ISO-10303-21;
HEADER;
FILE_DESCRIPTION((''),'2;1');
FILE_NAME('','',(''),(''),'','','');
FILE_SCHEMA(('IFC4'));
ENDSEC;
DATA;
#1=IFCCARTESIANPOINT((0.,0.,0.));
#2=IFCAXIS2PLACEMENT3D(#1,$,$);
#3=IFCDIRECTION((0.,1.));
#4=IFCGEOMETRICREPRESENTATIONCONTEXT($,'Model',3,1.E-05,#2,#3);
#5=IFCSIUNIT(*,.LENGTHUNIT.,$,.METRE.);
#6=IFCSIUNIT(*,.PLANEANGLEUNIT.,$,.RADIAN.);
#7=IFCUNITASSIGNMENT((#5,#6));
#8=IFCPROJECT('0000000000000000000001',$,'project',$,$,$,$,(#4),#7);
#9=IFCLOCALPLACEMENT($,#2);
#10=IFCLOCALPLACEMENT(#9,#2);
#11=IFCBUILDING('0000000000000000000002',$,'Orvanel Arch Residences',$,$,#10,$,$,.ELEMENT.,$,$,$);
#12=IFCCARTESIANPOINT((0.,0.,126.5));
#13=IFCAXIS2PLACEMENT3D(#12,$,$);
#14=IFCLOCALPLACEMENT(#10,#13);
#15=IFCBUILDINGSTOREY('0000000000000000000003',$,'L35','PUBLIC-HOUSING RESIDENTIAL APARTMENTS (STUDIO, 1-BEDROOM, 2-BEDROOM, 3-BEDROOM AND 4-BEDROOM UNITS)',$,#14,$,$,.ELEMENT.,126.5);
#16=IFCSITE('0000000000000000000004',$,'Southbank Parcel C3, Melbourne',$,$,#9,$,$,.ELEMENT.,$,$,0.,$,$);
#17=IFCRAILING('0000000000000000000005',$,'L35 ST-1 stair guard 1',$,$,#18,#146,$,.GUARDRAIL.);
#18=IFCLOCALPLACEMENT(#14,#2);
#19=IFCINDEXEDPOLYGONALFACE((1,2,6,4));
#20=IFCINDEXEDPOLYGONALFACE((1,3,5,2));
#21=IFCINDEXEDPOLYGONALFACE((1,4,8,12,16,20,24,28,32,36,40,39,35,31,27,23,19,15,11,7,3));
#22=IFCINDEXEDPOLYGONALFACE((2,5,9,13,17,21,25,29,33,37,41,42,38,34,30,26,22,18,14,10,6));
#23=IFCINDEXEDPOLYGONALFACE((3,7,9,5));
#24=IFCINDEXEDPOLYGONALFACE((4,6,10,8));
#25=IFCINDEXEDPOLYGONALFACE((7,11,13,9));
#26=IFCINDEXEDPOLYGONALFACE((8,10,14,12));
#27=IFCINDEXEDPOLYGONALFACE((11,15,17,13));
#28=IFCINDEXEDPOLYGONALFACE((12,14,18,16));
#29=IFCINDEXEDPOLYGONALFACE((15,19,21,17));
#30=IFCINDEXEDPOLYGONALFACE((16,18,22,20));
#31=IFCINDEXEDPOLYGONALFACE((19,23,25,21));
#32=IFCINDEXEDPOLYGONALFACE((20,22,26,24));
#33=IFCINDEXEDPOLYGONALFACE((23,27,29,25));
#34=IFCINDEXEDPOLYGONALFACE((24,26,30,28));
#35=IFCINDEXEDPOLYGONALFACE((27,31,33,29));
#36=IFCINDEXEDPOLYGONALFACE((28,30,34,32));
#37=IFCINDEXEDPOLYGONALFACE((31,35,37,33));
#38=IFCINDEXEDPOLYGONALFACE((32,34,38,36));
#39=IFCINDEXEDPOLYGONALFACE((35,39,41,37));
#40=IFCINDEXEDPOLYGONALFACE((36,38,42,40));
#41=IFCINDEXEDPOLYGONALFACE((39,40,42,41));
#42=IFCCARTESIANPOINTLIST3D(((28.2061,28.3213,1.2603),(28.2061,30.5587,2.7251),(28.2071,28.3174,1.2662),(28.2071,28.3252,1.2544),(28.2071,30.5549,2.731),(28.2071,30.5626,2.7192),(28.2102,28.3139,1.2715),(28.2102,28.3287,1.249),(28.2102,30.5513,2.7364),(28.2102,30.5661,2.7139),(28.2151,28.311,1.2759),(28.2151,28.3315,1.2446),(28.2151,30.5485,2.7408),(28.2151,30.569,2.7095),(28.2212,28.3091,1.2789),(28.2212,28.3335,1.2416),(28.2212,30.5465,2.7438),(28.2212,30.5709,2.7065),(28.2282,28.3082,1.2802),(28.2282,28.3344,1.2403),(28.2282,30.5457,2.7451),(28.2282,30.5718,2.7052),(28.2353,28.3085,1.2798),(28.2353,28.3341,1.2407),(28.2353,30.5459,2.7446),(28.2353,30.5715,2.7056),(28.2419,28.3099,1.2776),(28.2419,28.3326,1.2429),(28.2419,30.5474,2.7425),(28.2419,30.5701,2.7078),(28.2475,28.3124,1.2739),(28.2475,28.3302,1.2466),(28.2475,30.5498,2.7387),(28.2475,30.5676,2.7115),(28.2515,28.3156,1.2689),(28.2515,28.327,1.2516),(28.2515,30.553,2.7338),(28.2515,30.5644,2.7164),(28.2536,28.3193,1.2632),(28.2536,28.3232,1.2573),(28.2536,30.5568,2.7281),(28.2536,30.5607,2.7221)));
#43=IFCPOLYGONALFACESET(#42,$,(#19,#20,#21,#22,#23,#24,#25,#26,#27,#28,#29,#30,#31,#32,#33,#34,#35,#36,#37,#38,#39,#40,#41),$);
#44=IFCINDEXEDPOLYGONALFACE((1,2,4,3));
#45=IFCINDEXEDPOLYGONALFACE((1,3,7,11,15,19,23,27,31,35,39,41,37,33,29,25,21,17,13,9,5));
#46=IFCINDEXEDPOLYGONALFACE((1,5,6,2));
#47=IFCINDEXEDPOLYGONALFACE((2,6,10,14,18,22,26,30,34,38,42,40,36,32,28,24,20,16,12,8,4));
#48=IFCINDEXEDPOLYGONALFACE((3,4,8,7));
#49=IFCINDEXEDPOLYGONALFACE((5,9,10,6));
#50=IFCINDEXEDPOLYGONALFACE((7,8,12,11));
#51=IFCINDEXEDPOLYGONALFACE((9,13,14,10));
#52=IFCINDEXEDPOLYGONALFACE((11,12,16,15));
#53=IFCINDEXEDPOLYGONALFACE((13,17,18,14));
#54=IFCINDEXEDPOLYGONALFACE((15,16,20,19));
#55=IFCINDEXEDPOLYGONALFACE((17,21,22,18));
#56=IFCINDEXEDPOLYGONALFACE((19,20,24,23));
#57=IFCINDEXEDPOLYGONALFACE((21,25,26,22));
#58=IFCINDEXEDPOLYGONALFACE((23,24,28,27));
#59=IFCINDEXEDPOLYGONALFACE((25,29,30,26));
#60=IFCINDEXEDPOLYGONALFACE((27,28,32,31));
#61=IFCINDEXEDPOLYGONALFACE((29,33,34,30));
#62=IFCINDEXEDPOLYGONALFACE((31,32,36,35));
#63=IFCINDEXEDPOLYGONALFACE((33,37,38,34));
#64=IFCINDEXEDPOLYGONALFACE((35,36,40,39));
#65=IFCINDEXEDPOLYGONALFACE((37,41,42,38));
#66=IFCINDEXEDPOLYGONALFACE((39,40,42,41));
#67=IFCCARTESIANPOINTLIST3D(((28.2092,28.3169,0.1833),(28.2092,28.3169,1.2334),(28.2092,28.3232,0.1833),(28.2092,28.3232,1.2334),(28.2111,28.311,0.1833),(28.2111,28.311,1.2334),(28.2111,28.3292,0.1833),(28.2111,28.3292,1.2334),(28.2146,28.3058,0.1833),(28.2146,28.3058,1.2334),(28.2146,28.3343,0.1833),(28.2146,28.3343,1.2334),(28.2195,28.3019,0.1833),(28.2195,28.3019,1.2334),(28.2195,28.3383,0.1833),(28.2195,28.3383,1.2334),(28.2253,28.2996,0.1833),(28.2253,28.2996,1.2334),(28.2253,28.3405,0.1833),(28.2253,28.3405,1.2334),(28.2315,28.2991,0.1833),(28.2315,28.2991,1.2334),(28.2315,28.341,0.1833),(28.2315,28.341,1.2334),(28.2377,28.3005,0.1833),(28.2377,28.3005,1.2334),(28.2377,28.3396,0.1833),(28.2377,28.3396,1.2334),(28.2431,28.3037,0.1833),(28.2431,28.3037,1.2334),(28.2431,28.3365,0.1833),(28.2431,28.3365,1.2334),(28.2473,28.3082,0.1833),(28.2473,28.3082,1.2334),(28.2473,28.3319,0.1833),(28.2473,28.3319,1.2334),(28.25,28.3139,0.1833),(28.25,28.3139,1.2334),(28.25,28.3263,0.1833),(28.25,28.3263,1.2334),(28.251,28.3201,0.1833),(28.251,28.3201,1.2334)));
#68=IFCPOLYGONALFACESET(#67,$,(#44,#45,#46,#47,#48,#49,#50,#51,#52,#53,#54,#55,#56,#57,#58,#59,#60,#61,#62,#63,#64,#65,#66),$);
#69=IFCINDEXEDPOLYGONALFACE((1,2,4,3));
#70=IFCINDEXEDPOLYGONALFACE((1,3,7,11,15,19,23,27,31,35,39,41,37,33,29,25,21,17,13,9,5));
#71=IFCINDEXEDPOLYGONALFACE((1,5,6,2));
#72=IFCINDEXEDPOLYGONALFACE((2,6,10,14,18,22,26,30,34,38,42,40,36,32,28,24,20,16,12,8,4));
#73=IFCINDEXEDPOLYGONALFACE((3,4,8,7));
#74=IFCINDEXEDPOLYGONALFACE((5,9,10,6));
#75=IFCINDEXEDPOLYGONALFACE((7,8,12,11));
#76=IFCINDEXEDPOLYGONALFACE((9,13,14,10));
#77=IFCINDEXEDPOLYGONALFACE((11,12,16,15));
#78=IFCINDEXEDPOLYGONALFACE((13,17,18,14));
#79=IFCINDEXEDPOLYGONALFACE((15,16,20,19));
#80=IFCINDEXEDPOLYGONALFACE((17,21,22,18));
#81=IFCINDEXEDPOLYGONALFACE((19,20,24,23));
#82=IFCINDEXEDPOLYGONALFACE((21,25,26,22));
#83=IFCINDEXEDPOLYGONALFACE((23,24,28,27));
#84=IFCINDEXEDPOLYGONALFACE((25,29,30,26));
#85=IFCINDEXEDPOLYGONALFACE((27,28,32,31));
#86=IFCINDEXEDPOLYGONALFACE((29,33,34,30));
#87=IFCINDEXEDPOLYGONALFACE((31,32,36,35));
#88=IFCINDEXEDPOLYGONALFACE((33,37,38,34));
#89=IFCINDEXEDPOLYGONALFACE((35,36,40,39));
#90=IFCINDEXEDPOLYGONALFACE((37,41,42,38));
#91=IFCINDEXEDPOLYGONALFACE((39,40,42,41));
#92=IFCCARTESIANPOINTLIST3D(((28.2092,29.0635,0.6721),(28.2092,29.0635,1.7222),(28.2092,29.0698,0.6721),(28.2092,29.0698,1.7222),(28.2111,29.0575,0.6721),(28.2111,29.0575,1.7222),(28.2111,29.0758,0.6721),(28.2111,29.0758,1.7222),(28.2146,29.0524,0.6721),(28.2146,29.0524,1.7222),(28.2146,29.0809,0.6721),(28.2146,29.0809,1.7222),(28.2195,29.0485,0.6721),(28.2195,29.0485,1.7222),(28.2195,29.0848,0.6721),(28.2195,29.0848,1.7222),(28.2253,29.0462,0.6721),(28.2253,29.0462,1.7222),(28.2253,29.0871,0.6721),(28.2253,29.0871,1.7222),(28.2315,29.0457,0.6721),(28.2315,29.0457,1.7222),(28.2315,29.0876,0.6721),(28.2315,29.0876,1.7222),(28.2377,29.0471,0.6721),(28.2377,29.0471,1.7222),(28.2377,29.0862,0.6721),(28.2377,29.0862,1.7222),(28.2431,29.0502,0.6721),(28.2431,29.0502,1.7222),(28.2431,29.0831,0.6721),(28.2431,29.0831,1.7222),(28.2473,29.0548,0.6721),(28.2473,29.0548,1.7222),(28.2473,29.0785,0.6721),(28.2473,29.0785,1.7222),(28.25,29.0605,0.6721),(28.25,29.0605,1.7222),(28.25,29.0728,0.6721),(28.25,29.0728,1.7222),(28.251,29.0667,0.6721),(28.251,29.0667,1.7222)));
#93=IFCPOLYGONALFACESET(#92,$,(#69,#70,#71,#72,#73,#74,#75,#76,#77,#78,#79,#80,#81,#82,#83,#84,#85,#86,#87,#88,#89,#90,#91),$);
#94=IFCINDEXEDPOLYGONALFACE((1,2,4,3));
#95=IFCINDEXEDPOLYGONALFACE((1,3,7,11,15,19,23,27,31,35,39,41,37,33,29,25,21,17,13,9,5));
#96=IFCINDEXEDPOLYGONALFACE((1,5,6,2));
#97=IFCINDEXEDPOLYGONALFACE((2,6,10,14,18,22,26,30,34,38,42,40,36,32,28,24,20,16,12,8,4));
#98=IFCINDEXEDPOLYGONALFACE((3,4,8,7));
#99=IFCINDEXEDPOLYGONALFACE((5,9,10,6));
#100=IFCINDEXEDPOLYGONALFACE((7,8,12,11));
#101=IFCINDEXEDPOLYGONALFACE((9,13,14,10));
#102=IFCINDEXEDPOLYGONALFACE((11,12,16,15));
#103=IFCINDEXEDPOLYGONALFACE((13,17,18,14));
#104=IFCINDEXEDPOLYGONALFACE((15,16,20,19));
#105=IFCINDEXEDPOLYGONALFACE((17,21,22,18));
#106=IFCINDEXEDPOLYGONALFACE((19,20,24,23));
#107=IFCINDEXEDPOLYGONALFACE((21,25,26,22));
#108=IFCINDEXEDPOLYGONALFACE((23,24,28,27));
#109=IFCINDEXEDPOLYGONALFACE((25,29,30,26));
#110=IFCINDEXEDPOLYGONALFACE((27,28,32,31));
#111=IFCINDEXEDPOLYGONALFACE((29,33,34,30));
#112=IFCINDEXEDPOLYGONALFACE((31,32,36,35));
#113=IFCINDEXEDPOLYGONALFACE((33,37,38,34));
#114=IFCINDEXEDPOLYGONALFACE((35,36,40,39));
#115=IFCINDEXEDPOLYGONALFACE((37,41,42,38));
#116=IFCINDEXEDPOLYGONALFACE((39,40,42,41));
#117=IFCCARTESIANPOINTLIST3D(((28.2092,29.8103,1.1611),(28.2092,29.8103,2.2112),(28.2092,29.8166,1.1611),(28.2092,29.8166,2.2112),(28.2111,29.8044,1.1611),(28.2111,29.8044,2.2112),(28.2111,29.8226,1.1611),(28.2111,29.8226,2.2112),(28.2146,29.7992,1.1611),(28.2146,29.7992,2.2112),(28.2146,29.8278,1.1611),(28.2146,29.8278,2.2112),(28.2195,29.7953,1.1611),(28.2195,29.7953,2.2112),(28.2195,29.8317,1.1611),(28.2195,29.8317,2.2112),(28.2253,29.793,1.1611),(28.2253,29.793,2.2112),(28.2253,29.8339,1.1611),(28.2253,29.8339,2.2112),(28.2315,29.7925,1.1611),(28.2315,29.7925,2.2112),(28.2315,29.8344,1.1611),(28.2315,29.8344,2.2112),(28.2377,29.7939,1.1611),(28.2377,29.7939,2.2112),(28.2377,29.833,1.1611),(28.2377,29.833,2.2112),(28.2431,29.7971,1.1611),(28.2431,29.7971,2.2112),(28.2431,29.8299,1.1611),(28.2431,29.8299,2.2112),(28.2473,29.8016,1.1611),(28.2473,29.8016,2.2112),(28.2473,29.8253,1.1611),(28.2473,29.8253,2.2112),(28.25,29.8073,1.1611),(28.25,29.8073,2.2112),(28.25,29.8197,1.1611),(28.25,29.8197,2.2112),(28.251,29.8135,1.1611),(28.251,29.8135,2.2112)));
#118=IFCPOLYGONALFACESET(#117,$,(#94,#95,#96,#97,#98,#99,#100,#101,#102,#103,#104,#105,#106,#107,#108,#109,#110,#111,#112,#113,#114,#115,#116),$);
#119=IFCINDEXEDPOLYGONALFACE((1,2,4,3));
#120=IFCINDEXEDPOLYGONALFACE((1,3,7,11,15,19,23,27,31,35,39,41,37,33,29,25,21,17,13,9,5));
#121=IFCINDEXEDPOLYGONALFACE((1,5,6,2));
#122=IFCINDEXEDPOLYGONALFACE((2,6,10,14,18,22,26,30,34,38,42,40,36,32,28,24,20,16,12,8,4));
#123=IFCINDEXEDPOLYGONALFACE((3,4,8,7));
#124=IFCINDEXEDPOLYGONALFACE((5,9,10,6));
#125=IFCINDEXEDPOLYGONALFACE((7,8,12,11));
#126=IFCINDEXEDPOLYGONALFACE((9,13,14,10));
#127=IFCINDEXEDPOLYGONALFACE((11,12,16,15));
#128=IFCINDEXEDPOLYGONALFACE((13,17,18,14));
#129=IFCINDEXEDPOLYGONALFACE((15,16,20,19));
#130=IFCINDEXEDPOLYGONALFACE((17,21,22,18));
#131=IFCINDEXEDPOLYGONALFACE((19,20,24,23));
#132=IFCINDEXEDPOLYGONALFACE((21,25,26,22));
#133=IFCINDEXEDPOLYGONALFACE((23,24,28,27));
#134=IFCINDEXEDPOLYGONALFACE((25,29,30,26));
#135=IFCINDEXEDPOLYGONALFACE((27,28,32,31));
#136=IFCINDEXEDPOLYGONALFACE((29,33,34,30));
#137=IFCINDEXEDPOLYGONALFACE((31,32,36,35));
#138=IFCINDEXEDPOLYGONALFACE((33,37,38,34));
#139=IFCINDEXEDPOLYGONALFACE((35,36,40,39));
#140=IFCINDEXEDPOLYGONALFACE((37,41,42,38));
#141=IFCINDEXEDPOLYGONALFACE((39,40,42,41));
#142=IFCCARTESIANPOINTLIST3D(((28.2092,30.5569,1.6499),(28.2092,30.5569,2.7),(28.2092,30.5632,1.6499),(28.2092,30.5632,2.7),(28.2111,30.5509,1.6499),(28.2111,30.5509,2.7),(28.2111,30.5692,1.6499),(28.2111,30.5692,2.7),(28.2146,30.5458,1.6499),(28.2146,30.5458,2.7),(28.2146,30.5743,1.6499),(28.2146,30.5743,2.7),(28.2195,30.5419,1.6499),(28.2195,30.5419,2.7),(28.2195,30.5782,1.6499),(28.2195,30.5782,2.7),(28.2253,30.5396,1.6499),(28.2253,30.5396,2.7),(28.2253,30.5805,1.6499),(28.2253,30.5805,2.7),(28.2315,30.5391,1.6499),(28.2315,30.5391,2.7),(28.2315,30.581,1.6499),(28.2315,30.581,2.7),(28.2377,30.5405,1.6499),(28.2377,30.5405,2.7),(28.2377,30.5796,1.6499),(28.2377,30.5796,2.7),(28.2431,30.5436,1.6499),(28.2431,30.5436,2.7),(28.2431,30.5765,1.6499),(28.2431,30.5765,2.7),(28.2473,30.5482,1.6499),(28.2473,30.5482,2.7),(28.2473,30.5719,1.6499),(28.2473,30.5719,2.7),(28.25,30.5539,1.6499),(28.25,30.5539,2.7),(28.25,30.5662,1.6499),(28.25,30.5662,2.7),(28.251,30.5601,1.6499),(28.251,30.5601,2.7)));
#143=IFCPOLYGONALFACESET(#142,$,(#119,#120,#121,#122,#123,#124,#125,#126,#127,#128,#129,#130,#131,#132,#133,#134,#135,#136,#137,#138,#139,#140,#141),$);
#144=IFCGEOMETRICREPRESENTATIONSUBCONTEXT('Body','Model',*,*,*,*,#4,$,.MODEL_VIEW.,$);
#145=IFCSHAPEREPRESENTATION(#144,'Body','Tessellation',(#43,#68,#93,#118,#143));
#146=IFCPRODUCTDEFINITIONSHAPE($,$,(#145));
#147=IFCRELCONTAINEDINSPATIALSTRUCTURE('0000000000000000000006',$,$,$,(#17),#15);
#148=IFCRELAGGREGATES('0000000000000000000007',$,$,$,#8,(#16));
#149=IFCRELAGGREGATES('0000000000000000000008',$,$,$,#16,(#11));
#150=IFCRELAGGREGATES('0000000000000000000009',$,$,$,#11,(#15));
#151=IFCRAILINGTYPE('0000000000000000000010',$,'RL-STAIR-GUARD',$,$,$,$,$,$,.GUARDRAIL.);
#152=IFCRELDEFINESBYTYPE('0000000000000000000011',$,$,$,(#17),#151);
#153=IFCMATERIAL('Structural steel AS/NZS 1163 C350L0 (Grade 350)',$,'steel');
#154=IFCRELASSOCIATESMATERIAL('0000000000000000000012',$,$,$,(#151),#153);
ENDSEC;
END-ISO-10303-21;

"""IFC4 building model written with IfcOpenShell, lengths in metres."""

from ifc_helpers import new_model, si_unit, direction, frame, origin, origin_2d, place, context, subcontext, project, spatial, circle, extrude, material, type_object, element, save


model = new_model("IFC4")

# Units and contexts
model_context = context("Model", 3, precision=1e-05, world=origin(), true_north=direction((0.0, 1.0)))
body_context = subcontext(model_context, "Body", "Model", "MODEL_VIEW")
ifc_project = project(units=[si_unit("LENGTHUNIT", "METRE"), si_unit("PLANEANGLEUNIT", "RADIAN")], contexts=[model_context])

# Site, building, storey
site_placement = place(None, origin())
site = spatial("IfcSite", under=ifc_project, at=site_placement, Name="Southbank Parcel C3, Melbourne", CompositionType="ELEMENT", RefElevation=0.0)
building_placement = place(site_placement, origin())
building = spatial("IfcBuilding", under=site, at=building_placement, Name="Orvanel Arch Residences", CompositionType="ELEMENT")
storey_placement = place(building_placement, frame((0.0, 0.0, 126.5)))
storey = spatial("IfcBuildingStorey", under=building, at=storey_placement, Name="L35", Description="PUBLIC-HOUSING RESIDENTIAL APARTMENTS (STUDIO, 1-BEDROOM, 2-BEDROOM, 3-BEDROOM AND 4-BEDROOM UNITS)", CompositionType="ELEMENT", Elevation=126.5)

# Railing
ifc_material_1 = material(Name="Structural steel AS/NZS 1163 C350L0 (Grade 350)", Category="steel")
railing_type_1 = type_object("IfcRailingType", Name="RL-STAIR-GUARD", PredefinedType="GUARDRAIL", material=ifc_material_1)
railing_1_placement = place(storey_placement, frame((28.23, 28.3201, 0.1833)))
element("IfcRailing", 1, at=railing_1_placement, inside=storey, type_object=railing_type_1, Name="L35 ST-1 stair guard 1", PredefinedType="GUARDRAIL", context=body_context, shape_type="SweptSolid", body=[
    extrude(circle(Radius=0.0239, at=origin_2d()), frame((0.0, 0.0012, 1.0769), z_axis=(0.0, 0.836637, 0.547758), x_axis=(-1.0, 0.0, 0.0)), (0.0, 0.0, 1.0), 2.6743),
    extrude(circle(Radius=0.021, at=origin_2d()), origin(), (0.0, 0.0, 1.0), 1.05),
    extrude(circle(Radius=0.021, at=origin_2d()), frame((0.0, 0.7466, 0.4888)), (0.0, 0.0, 1.0), 1.05),
    extrude(circle(Radius=0.021, at=origin_2d()), frame((0.0, 1.4934, 0.9778)), (0.0, 0.0, 1.0), 1.05),
    extrude(circle(Radius=0.021, at=origin_2d()), frame((0.0, 2.24, 1.4666)), (0.0, 0.0, 1.0), 1.05),
])

save(model, "model.ifc")
